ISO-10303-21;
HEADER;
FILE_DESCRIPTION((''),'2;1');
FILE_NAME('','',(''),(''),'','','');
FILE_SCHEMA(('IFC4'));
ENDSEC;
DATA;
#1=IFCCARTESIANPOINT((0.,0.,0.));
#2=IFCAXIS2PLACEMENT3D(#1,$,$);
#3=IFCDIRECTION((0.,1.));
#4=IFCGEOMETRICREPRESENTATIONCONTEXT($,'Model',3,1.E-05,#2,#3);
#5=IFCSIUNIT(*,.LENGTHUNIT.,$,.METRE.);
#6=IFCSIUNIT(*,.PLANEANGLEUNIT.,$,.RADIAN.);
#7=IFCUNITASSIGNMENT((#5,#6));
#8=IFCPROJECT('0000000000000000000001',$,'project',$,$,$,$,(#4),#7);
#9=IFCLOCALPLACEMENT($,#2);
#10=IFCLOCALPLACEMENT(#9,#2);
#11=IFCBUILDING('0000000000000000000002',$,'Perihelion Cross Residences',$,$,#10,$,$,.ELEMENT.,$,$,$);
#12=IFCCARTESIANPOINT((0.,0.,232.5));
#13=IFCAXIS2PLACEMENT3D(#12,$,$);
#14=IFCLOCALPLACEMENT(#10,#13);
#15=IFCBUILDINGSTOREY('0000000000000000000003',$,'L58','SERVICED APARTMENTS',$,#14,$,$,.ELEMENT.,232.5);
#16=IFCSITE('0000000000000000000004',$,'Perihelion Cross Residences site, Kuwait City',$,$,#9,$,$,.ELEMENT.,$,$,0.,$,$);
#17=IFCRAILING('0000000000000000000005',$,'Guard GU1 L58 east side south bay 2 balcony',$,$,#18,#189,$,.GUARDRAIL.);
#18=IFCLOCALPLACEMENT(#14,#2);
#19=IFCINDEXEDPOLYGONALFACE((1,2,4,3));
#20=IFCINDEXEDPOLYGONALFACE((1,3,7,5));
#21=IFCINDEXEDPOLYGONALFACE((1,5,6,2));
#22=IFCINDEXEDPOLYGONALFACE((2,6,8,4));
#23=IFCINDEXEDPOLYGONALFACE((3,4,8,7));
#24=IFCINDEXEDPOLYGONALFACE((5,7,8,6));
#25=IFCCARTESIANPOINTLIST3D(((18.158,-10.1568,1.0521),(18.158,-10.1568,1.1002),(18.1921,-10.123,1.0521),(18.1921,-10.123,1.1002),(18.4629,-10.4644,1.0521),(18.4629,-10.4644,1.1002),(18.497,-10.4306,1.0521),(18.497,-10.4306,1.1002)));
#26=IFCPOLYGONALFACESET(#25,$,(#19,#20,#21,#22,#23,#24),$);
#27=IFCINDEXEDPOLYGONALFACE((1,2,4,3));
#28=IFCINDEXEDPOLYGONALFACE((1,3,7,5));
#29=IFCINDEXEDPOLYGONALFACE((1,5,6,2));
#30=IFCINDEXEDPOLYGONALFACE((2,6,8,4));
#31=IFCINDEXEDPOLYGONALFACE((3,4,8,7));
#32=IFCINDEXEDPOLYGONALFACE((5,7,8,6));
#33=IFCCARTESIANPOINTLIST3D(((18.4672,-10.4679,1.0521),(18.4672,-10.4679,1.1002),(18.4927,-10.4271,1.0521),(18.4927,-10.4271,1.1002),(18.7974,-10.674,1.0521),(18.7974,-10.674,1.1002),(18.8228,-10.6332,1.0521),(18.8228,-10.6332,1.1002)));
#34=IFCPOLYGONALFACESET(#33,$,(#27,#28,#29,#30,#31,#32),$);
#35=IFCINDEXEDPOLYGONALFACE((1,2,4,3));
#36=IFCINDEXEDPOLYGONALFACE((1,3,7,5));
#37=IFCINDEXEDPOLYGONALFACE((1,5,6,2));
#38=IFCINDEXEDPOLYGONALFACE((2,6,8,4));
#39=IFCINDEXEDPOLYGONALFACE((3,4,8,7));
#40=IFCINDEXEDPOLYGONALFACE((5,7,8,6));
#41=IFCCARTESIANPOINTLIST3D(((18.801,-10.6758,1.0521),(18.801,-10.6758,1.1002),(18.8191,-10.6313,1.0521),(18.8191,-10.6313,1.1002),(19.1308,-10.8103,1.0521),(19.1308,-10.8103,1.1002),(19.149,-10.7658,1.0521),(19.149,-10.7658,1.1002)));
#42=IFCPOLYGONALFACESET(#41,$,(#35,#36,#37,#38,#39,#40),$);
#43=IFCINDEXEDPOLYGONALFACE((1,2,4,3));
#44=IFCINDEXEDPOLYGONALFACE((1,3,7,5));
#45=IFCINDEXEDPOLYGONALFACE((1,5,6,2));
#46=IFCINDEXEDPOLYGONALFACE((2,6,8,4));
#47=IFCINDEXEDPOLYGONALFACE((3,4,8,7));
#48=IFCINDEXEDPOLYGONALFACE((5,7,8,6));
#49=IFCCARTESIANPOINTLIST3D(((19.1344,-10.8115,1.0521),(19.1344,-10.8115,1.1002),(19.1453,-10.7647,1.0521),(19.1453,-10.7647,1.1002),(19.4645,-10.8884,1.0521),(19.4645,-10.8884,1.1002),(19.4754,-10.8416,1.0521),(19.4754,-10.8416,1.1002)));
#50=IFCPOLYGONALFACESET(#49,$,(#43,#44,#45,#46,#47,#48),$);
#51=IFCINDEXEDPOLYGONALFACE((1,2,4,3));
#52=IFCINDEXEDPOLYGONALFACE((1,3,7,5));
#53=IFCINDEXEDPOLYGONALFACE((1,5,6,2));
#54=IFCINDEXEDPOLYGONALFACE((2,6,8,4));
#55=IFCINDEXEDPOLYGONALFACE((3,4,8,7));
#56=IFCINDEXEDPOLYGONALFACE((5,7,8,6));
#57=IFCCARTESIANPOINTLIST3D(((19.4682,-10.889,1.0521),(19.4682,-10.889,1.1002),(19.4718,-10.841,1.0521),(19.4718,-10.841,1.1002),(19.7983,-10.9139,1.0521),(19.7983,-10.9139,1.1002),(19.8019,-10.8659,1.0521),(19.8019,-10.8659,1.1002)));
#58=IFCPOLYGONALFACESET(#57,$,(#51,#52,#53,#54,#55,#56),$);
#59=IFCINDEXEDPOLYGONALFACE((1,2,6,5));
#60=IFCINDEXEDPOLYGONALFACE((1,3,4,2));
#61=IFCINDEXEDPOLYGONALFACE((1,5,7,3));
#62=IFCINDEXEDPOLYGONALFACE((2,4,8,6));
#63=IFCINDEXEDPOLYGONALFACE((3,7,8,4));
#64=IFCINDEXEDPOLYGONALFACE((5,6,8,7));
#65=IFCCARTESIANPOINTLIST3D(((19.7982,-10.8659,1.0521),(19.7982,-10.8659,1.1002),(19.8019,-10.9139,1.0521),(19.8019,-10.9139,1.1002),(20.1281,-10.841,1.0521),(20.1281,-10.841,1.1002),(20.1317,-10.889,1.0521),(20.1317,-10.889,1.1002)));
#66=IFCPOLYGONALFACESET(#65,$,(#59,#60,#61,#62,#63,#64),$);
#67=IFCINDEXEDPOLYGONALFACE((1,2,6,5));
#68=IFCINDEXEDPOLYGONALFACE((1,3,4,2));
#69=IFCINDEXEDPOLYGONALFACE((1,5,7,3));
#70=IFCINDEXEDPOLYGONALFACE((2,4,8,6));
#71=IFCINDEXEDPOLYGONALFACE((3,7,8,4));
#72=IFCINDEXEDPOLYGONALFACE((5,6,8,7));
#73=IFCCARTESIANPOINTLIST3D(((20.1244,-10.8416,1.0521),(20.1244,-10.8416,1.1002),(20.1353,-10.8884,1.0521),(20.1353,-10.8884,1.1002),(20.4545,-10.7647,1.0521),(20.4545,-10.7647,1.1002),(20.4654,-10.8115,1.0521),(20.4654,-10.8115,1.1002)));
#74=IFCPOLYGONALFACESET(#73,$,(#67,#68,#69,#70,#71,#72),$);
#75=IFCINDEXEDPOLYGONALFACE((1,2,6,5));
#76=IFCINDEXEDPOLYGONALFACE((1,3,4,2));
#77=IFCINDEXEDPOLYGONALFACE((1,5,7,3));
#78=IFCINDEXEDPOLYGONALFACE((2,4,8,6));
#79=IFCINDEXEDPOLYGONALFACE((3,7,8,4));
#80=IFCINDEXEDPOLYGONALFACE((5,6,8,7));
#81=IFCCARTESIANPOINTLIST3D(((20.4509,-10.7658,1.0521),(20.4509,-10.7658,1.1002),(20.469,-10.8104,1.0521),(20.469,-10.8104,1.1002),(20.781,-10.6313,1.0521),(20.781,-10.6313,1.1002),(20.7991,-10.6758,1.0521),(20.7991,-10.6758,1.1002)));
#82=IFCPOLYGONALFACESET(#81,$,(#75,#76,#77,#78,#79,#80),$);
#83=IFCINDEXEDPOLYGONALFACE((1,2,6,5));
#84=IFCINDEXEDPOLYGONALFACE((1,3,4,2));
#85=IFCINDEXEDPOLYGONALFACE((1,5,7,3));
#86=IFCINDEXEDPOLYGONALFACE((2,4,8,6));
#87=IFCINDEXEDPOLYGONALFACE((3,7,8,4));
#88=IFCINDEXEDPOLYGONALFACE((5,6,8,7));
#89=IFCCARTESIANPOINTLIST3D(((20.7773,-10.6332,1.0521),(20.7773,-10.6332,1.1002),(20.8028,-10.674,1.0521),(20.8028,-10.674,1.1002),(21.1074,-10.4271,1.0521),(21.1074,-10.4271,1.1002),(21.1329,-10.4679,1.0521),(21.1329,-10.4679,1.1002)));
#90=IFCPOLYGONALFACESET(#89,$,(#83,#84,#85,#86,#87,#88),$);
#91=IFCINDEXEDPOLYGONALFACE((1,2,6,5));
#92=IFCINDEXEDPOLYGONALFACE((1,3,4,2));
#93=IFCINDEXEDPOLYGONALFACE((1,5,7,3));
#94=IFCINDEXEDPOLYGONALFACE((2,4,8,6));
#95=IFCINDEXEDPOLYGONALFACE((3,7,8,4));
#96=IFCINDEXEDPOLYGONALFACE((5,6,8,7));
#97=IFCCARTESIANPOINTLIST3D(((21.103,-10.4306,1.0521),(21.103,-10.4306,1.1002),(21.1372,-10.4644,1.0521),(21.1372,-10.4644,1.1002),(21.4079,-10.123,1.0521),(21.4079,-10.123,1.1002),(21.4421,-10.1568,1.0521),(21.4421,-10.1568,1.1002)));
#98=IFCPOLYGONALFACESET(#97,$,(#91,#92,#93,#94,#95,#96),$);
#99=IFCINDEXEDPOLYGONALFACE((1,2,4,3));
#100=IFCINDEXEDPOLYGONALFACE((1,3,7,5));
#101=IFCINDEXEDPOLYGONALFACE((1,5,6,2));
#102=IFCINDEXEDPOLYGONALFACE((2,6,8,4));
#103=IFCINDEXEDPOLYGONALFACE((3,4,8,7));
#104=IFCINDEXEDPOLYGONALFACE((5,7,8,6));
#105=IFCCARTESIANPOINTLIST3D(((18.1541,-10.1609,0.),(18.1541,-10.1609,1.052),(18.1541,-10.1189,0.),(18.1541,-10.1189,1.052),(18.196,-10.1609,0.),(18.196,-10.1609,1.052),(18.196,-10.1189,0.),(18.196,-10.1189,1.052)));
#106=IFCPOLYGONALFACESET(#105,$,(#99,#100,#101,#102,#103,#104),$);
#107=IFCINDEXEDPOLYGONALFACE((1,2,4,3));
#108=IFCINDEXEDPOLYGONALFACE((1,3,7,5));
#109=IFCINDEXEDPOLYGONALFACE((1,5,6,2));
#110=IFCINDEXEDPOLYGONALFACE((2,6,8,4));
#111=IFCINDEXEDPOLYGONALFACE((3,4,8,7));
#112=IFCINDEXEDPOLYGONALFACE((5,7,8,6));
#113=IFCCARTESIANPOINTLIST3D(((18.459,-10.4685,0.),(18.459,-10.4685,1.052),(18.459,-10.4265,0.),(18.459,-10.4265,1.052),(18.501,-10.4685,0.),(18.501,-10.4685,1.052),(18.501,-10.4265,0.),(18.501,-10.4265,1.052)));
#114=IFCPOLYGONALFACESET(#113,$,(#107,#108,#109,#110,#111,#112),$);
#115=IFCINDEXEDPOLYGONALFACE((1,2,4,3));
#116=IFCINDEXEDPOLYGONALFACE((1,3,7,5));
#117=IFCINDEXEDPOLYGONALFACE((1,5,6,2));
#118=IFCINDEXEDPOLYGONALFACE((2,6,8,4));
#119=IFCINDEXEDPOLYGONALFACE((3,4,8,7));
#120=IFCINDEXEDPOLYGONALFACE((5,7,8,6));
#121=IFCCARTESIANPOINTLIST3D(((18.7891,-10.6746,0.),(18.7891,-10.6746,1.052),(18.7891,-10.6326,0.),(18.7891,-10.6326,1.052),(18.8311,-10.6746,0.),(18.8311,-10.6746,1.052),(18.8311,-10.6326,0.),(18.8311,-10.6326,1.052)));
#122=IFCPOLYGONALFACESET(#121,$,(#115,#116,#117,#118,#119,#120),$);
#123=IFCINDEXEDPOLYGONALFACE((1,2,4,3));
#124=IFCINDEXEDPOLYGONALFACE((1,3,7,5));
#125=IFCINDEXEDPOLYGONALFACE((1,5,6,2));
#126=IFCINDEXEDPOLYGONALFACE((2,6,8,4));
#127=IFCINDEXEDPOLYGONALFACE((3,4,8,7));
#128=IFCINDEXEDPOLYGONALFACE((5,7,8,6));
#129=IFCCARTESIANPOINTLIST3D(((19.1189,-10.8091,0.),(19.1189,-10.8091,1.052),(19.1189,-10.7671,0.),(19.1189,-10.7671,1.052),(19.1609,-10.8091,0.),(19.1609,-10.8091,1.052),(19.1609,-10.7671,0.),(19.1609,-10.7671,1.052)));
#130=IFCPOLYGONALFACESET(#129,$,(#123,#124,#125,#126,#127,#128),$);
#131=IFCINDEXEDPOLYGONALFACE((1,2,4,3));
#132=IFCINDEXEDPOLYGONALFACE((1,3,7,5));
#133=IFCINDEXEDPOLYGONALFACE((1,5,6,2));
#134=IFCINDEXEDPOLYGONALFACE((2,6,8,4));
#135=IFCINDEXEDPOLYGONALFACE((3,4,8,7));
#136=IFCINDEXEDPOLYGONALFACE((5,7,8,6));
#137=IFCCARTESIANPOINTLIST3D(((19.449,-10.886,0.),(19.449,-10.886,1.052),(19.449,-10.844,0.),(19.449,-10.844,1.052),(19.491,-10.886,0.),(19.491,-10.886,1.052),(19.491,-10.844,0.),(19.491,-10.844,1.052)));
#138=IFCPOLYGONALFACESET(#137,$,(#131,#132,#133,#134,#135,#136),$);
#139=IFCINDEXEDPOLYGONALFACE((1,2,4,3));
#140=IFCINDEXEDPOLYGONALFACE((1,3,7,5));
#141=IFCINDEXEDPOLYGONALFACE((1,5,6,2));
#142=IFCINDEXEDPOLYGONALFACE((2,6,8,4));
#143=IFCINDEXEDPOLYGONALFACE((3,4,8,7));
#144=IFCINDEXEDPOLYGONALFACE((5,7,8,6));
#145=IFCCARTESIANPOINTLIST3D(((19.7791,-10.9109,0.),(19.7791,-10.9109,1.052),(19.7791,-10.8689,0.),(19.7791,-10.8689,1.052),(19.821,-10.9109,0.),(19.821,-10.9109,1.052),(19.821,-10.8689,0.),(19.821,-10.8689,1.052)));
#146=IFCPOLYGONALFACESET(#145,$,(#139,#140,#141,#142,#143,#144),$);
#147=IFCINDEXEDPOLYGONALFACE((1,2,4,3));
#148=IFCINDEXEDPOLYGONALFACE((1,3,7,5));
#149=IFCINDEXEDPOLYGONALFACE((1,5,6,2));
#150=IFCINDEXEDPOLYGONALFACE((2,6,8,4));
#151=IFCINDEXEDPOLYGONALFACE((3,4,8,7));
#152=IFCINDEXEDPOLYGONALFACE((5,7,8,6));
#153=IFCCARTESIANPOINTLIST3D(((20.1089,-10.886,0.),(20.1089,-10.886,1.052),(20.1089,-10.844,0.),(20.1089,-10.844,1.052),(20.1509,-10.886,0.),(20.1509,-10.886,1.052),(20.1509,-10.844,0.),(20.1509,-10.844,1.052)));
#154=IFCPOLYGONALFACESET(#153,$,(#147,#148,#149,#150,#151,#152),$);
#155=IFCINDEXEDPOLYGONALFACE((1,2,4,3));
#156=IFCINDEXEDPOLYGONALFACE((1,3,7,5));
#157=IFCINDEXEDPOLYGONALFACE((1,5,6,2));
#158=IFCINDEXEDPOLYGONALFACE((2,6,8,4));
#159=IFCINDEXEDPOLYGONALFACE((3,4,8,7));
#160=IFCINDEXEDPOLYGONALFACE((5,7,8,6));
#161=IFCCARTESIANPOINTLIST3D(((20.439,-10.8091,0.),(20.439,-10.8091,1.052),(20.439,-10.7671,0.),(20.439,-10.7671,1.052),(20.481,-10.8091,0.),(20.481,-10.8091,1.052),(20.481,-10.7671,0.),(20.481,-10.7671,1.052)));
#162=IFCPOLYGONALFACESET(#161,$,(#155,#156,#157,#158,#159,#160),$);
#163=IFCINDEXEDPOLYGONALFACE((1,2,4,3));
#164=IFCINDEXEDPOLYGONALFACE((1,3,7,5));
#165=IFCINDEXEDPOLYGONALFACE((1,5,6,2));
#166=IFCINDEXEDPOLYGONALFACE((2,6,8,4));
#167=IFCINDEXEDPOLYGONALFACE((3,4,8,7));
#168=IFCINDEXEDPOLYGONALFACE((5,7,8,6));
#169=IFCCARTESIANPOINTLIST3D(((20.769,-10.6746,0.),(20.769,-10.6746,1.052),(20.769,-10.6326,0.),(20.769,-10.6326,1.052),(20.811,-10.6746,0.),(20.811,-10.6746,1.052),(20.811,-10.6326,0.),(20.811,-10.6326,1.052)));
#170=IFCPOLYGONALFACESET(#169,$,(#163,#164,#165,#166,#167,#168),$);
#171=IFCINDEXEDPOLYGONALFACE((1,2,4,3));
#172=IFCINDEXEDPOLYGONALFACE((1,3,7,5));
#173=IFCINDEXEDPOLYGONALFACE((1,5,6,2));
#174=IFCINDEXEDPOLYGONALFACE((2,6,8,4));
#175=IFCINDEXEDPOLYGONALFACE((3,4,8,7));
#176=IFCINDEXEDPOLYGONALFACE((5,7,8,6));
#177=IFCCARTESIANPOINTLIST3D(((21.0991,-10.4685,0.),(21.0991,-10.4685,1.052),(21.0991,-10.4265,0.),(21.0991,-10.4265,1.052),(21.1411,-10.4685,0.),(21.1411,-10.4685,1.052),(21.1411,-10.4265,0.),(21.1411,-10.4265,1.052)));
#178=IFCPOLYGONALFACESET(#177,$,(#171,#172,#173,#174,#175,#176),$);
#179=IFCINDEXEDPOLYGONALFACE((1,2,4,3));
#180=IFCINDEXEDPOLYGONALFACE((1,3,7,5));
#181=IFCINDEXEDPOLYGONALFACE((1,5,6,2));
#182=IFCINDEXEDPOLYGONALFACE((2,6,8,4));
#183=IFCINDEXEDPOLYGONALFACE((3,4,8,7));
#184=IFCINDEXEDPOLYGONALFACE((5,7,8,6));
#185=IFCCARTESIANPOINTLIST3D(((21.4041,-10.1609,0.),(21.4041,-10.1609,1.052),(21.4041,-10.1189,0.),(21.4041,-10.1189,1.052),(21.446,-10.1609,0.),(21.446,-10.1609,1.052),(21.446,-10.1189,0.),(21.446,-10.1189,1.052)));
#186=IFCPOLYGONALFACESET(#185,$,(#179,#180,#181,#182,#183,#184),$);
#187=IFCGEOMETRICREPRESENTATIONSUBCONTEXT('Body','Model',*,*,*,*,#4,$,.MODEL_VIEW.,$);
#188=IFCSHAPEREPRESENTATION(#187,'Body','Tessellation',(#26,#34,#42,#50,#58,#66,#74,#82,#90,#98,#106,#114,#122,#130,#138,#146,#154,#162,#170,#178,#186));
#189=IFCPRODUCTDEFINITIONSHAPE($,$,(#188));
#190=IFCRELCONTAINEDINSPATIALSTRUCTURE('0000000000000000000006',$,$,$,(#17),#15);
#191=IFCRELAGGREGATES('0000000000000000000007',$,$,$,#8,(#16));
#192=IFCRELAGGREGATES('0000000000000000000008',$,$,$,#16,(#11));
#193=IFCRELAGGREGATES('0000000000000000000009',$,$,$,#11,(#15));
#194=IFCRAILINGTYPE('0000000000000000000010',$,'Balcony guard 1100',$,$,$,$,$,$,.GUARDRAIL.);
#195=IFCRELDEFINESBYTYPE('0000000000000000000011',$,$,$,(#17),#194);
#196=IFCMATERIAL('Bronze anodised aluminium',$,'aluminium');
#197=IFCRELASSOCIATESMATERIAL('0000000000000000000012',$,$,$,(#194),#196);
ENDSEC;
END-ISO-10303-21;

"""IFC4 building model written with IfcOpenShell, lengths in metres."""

from ifc_helpers import new_model, si_unit, direction, frame, origin, origin_2d, place, context, subcontext, project, spatial, rectangle, extrude, material, type_object, element, save


model = new_model("IFC4")

# Units and contexts
model_context = context("Model", 3, precision=1e-05, world=origin(), true_north=direction((0.0, 1.0)))
body_context = subcontext(model_context, "Body", "Model", "MODEL_VIEW")
ifc_project = project(units=[si_unit("LENGTHUNIT", "METRE"), si_unit("PLANEANGLEUNIT", "RADIAN")], contexts=[model_context])

# Site, building, storey
site_placement = place(None, origin())
site = spatial("IfcSite", under=ifc_project, at=site_placement, Name="Perihelion Cross Residences site, Kuwait City", CompositionType="ELEMENT", RefElevation=0.0)
building_placement = place(site_placement, origin())
building = spatial("IfcBuilding", under=site, at=building_placement, Name="Perihelion Cross Residences", CompositionType="ELEMENT")
storey_placement = place(building_placement, frame((0.0, 0.0, 232.5)))
storey = spatial("IfcBuildingStorey", under=building, at=storey_placement, Name="L58", Description="SERVICED APARTMENTS", CompositionType="ELEMENT", Elevation=232.5)

# Railing
ifc_material_1 = material(Name="Bronze anodised aluminium", Category="aluminium")
railing_type = type_object("IfcRailingType", Name="Balcony guard 1100", PredefinedType="GUARDRAIL", material=ifc_material_1)
railing_placement = place(storey_placement, frame((18.175, -10.1399, 0.0)))
element("IfcRailing", 1, at=railing_placement, inside=storey, type_object=railing_type, Name="Guard GU1 L58 east side south bay 2 balcony", PredefinedType="GUARDRAIL", context=body_context, shape_type="SweptSolid", body=[
    extrude(rectangle(XDim=0.0481, YDim=0.0481, at=origin_2d()), frame((0.0, 0.0, 1.0762), z_axis=(0.704, -0.7102, 0.0), x_axis=(0.7102, 0.704, 0.0)), (0.0, 0.0, 1.0), 0.4331),
    extrude(rectangle(XDim=0.0481, YDim=0.0481, at=origin_2d()), frame((0.3049, -0.3076, 1.0762), z_axis=(0.84828, -0.529548, 0.0), x_axis=(0.529548, 0.84828, 0.0)), (0.0, 0.0, 1.0), 0.3892),
    extrude(rectangle(XDim=0.0481, YDim=0.0481, at=origin_2d()), frame((0.635, -0.5137, 1.0762), z_axis=(0.92595, -0.377645, 0.0), x_axis=(0.377645, 0.92595, 0.0)), (0.0, 0.0, 1.0), 0.3562),
    extrude(rectangle(XDim=0.0481, YDim=0.0481, at=origin_2d()), frame((0.9648, -0.6482, 1.0762), z_axis=(0.973916, -0.226911, 0.0), x_axis=(0.226911, 0.973916, 0.0)), (0.0, 0.0, 1.0), 0.3389),
    extrude(rectangle(XDim=0.0481, YDim=0.0481, at=origin_2d()), frame((1.2949, -0.7251, 1.0762), z_axis=(0.997166, -0.07523, 0.0), x_axis=(0.07523, 0.997166, 0.0)), (0.0, 0.0, 1.0), 0.3311),
    extrude(rectangle(XDim=0.0481, YDim=0.0481, at=origin_2d()), frame((1.625, -0.75, 1.0762), z_axis=(0.997162, 0.075285, 0.0), x_axis=(-0.075285, 0.997162, 0.0)), (0.0, 0.0, 1.0), 0.3308),
    extrude(rectangle(XDim=0.0481, YDim=0.0481, at=origin_2d()), frame((1.9548, -0.7251, 1.0762), z_axis=(0.973916, 0.226911, 0.0), x_axis=(-0.226911, 0.973916, 0.0)), (0.0, 0.0, 1.0), 0.3389),
    extrude(rectangle(XDim=0.0481, YDim=0.0481, at=origin_2d()), frame((2.2849, -0.6482, 1.0762), z_axis=(0.926048, 0.377406, 0.0), x_axis=(-0.377406, 0.926048, 0.0)), (0.0, 0.0, 1.0), 0.3564),
    extrude(rectangle(XDim=0.0481, YDim=0.0481, at=origin_2d()), frame((2.615, -0.5137, 1.0762), z_axis=(0.84828, 0.529548, 0.0), x_axis=(-0.529548, 0.84828, 0.0)), (0.0, 0.0, 1.0), 0.3892),
    extrude(rectangle(XDim=0.0481, YDim=0.0481, at=origin_2d()), frame((2.9451, -0.3076, 1.0762), z_axis=(0.704, 0.7102, 0.0), x_axis=(-0.7102, 0.704, 0.0)), (0.0, 0.0, 1.0), 0.4331),
    extrude(rectangle(XDim=0.042, YDim=0.042, at=origin_2d()), origin(), (0.0, 0.0, 1.0), 1.052),
    extrude(rectangle(XDim=0.042, YDim=0.042, at=origin_2d()), frame((0.3049, -0.3076, 0.0)), (0.0, 0.0, 1.0), 1.052),
    extrude(rectangle(XDim=0.042, YDim=0.042, at=origin_2d()), frame((0.635, -0.5137, 0.0)), (0.0, 0.0, 1.0), 1.052),
    extrude(rectangle(XDim=0.042, YDim=0.042, at=origin_2d()), frame((0.9648, -0.6482, 0.0)), (0.0, 0.0, 1.0), 1.052),
    extrude(rectangle(XDim=0.042, YDim=0.042, at=origin_2d()), frame((1.2949, -0.7251, 0.0)), (0.0, 0.0, 1.0), 1.052),
    extrude(rectangle(XDim=0.042, YDim=0.042, at=origin_2d()), frame((1.625, -0.75, 0.0)), (0.0, 0.0, 1.0), 1.052),
    extrude(rectangle(XDim=0.042, YDim=0.042, at=origin_2d()), frame((1.9548, -0.7251, 0.0)), (0.0, 0.0, 1.0), 1.052),
    extrude(rectangle(XDim=0.042, YDim=0.042, at=origin_2d()), frame((2.2849, -0.6482, 0.0)), (0.0, 0.0, 1.0), 1.052),
    extrude(rectangle(XDim=0.042, YDim=0.042, at=origin_2d()), frame((2.615, -0.5137, 0.0)), (0.0, 0.0, 1.0), 1.052),
    extrude(rectangle(XDim=0.042, YDim=0.042, at=origin_2d()), frame((2.9451, -0.3076, 0.0)), (0.0, 0.0, 1.0), 1.052),
    extrude(rectangle(XDim=0.042, YDim=0.042, at=origin_2d()), frame((3.25, 0.0, 0.0)), (0.0, 0.0, 1.0), 1.052),
])

save(model, "model.ifc")
